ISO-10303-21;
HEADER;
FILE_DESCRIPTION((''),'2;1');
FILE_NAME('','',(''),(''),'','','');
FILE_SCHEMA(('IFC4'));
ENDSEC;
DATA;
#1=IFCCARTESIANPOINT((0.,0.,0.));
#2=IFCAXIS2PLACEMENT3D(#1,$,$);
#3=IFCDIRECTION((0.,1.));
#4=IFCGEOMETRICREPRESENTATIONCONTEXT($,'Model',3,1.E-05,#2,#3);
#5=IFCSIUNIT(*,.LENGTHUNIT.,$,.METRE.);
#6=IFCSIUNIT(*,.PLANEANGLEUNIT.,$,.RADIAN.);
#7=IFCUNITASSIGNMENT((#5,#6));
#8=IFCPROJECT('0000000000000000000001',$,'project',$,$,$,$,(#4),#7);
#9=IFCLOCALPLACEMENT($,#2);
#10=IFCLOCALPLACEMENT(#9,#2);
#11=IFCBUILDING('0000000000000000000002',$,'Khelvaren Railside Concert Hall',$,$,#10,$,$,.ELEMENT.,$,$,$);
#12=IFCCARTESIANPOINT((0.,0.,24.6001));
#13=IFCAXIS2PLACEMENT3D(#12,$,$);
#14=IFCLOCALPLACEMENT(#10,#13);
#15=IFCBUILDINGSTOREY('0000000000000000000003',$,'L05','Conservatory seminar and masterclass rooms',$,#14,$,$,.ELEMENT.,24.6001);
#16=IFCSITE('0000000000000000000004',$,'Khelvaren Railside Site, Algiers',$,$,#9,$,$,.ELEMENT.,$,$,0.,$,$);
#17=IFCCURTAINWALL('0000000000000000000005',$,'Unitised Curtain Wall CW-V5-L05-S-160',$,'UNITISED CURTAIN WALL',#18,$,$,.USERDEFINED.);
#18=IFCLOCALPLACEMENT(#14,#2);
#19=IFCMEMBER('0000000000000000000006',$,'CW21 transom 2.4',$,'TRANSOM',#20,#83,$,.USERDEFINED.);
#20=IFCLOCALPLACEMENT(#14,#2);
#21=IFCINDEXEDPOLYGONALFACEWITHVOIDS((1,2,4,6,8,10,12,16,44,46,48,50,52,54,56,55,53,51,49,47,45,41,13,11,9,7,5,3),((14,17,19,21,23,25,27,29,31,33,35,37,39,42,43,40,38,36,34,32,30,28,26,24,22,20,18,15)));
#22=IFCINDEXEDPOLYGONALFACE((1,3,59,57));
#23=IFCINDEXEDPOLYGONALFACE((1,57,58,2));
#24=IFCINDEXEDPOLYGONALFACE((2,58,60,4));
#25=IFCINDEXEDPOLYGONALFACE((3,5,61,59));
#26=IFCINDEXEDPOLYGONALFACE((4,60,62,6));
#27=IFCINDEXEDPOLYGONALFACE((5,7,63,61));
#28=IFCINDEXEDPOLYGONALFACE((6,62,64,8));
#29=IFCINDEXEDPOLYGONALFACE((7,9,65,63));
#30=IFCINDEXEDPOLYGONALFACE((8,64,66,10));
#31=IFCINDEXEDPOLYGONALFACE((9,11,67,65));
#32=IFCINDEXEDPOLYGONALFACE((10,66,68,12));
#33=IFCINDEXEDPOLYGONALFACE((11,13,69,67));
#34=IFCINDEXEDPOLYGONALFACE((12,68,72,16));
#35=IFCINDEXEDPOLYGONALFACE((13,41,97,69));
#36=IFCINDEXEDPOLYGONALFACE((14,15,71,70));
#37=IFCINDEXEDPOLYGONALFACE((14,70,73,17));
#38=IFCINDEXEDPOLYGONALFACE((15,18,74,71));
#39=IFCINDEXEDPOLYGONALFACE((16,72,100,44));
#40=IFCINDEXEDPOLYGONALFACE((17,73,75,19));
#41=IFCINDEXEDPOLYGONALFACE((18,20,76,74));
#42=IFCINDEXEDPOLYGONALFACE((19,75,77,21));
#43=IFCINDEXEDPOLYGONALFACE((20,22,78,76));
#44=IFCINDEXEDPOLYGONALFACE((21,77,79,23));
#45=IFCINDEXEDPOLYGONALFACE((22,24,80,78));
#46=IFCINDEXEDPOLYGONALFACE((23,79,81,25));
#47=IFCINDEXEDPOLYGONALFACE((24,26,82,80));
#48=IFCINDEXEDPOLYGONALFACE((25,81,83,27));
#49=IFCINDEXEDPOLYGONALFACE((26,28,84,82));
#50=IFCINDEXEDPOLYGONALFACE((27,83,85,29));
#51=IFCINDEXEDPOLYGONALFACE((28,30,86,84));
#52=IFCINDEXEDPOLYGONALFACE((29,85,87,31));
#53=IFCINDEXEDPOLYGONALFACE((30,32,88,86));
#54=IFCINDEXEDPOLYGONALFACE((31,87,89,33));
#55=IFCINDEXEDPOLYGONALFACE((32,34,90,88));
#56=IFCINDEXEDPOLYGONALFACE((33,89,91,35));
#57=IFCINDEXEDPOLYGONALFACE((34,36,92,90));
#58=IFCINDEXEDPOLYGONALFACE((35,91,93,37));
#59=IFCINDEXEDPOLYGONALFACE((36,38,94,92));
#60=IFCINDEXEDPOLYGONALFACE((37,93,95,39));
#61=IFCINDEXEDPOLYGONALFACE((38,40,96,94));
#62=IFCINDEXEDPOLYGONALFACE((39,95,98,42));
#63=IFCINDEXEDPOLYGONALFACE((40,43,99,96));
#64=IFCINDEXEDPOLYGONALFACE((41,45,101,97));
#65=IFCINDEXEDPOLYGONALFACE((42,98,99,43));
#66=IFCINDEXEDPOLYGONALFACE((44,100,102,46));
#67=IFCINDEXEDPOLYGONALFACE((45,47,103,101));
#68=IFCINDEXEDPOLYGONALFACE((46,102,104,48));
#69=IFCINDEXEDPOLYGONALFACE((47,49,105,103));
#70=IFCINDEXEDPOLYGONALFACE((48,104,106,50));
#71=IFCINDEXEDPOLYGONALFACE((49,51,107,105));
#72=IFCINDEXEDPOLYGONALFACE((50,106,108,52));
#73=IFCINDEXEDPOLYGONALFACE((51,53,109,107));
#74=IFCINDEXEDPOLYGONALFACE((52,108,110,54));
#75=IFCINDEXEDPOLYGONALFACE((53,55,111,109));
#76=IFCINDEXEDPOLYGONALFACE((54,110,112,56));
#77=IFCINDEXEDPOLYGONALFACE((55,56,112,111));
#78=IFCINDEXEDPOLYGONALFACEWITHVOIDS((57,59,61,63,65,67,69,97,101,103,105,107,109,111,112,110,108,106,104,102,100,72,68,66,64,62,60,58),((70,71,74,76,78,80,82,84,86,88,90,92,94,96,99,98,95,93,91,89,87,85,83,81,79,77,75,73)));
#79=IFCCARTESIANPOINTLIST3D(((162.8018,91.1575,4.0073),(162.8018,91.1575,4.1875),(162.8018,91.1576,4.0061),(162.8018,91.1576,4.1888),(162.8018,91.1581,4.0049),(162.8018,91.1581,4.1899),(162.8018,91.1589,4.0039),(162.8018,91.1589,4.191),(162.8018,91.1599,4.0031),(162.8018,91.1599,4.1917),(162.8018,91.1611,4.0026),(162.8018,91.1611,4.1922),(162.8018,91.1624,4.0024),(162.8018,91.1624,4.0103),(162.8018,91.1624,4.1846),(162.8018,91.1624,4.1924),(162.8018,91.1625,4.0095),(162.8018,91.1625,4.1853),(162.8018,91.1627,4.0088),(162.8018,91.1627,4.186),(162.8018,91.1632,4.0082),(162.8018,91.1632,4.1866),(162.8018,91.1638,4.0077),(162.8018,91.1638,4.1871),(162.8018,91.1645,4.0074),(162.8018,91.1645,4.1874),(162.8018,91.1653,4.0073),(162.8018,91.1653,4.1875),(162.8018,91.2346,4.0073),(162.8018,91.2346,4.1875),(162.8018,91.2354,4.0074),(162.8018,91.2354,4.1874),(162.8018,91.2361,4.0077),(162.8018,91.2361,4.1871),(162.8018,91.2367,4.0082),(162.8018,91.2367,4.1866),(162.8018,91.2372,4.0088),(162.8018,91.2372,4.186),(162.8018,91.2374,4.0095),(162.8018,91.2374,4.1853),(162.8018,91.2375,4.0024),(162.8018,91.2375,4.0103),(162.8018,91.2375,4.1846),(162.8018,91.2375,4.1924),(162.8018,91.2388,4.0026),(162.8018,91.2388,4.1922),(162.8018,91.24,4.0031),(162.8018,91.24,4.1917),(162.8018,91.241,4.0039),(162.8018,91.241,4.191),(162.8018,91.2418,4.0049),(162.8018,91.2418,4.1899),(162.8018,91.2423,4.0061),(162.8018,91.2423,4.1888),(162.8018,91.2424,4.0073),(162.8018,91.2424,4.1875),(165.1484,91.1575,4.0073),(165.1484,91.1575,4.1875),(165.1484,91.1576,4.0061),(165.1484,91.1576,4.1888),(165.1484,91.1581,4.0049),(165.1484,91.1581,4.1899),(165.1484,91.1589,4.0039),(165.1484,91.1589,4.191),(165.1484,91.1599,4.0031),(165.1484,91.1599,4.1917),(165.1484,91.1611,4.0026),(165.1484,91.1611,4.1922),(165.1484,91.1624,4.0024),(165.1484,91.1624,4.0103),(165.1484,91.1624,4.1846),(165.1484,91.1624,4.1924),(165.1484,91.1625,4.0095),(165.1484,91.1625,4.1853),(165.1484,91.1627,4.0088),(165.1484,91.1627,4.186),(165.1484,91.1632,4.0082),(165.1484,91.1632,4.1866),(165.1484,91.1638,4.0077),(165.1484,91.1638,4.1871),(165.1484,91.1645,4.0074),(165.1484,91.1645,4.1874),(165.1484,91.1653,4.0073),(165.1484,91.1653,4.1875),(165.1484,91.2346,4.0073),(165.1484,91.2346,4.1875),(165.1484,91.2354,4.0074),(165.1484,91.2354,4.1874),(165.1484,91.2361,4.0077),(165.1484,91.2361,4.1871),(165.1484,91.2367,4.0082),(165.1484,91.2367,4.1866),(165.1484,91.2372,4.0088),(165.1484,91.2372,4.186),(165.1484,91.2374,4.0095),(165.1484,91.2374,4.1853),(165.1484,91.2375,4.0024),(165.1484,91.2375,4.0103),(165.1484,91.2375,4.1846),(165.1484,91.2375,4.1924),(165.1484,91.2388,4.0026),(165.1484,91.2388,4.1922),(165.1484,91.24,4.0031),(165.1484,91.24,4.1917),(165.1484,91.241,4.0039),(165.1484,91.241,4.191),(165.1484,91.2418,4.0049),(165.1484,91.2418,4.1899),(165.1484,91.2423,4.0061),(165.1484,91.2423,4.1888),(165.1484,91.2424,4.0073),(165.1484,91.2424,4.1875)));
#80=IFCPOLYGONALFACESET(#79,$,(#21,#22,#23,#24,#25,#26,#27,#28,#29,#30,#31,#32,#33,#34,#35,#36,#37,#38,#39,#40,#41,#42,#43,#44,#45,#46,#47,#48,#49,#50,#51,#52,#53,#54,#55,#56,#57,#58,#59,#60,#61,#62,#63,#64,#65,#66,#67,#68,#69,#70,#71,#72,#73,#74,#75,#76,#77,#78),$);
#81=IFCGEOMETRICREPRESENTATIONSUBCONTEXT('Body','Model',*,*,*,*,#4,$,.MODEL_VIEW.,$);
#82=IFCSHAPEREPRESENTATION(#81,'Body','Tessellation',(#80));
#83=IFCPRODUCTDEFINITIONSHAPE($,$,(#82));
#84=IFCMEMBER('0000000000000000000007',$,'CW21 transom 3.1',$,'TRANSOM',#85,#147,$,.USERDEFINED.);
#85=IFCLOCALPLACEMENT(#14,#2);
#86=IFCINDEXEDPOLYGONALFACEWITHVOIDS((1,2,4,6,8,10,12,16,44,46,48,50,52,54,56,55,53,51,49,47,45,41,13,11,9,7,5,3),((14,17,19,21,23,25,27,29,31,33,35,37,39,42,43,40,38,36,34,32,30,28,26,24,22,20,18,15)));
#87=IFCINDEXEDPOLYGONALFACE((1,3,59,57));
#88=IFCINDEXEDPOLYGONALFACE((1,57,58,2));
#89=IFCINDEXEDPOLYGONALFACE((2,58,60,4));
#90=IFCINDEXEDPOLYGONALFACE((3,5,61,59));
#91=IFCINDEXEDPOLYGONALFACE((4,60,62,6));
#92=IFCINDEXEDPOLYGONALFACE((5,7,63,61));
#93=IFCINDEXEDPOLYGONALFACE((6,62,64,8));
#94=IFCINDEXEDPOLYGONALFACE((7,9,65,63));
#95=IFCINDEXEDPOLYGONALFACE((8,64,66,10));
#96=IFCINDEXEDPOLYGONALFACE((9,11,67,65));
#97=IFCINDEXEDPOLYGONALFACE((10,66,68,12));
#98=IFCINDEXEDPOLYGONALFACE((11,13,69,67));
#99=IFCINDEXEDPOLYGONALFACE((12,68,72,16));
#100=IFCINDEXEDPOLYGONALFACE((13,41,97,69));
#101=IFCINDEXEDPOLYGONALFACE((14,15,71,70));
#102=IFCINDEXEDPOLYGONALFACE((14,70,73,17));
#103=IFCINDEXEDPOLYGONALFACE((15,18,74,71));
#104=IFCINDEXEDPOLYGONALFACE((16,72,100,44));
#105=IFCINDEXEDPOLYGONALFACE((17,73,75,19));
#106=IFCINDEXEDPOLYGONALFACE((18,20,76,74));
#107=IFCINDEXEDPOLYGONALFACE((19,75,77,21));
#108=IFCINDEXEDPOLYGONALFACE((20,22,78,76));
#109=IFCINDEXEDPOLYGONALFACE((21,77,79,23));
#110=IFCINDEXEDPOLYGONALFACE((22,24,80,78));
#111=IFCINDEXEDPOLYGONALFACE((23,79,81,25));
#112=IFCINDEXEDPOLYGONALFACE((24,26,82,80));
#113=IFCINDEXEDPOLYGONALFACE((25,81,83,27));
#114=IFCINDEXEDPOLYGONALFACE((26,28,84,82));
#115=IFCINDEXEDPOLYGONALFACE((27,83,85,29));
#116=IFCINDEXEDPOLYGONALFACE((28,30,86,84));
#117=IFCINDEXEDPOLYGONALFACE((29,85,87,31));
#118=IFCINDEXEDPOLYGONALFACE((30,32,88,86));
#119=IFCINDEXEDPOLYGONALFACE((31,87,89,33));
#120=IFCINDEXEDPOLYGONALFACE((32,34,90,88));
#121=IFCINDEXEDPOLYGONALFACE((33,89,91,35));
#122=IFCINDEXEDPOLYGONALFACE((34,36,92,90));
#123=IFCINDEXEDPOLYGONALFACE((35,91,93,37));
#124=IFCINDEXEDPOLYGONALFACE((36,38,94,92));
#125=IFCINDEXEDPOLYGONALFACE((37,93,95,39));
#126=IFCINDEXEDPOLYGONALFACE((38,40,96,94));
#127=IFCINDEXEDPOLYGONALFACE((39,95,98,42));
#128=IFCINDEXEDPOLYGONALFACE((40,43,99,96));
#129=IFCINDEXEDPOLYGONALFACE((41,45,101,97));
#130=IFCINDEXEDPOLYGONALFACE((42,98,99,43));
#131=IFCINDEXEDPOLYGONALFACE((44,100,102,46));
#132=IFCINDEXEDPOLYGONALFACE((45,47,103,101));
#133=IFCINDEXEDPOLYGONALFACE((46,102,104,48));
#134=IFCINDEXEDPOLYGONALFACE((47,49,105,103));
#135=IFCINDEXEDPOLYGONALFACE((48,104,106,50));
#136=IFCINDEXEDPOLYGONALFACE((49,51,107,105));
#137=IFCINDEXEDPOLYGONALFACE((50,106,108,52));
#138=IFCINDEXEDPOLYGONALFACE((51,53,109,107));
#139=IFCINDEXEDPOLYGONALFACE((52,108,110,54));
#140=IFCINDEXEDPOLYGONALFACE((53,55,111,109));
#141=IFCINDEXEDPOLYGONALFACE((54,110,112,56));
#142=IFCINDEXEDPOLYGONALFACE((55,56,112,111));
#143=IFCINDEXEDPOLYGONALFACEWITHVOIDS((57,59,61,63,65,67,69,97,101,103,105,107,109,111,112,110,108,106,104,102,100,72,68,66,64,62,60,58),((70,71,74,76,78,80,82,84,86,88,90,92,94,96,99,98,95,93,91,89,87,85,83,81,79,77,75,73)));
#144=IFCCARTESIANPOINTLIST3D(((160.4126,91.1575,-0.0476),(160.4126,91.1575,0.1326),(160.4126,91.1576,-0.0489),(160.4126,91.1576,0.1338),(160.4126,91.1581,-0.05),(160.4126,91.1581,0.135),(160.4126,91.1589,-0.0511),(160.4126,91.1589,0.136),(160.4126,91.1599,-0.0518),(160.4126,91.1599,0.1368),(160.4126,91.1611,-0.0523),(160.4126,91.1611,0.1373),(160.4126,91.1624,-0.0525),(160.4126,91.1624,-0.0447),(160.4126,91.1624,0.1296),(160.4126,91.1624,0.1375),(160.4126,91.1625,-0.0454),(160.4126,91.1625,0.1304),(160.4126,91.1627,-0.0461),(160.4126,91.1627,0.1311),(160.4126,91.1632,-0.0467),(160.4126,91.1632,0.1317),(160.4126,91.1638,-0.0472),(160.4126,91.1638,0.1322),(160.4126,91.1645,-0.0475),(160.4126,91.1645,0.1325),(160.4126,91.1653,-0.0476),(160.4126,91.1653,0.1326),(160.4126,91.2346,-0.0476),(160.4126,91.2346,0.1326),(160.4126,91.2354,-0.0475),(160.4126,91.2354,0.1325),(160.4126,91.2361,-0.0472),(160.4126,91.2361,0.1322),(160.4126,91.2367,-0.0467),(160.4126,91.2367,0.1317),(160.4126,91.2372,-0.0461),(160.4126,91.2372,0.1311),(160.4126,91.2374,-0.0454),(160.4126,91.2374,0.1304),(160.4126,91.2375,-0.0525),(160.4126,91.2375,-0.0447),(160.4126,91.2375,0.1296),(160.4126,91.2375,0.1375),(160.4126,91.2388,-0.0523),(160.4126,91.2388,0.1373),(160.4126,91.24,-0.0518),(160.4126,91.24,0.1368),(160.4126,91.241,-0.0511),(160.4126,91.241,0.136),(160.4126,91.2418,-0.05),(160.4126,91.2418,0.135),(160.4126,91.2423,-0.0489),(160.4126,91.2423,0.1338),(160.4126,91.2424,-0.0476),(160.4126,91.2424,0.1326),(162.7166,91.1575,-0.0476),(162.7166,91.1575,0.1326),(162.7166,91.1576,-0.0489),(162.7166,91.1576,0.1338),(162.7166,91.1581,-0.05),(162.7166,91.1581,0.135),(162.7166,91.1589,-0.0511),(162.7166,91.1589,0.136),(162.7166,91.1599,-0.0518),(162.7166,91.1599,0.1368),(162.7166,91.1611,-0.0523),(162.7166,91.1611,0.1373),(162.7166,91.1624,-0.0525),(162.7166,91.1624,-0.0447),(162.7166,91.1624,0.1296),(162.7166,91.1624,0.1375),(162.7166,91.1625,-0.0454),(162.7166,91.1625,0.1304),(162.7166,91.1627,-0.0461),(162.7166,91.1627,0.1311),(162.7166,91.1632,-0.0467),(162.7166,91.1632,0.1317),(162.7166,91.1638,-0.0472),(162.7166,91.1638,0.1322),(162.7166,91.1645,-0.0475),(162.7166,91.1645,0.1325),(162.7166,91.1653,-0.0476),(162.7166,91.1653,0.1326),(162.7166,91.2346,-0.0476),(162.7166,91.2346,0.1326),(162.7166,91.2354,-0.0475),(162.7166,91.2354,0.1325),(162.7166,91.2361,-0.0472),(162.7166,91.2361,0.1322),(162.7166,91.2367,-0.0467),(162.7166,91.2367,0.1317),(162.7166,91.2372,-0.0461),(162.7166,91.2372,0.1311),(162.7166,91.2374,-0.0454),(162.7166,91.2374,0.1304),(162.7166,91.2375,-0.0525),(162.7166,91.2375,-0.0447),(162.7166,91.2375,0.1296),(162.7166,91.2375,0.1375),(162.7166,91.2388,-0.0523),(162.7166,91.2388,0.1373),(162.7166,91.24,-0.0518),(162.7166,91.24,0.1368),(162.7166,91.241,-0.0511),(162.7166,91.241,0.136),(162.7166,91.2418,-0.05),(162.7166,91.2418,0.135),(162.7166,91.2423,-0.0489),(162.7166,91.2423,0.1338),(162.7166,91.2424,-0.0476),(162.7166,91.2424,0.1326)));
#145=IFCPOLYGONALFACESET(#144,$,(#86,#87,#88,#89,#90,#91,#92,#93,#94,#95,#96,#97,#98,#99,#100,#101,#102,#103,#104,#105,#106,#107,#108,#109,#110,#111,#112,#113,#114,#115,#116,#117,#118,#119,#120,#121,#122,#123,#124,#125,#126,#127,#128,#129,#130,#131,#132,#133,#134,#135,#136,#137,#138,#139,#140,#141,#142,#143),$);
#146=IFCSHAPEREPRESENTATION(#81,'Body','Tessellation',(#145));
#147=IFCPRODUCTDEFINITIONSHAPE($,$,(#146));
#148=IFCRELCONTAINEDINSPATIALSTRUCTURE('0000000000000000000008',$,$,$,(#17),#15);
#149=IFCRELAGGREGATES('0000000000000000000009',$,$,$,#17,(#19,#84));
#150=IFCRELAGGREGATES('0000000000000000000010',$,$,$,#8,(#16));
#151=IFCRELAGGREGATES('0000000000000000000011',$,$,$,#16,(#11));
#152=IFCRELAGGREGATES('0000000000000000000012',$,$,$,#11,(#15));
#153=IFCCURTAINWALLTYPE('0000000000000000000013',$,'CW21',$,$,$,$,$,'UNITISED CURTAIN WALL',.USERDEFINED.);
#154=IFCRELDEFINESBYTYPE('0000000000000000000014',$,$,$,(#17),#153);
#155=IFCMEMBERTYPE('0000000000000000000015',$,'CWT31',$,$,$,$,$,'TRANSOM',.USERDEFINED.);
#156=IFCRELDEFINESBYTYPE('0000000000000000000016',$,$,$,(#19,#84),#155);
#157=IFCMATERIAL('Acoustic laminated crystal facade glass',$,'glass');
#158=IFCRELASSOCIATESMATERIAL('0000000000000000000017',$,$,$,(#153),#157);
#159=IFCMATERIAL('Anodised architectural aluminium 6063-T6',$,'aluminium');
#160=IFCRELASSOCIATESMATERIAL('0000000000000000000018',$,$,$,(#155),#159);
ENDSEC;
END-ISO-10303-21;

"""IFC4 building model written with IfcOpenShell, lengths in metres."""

from ifc_helpers import new_model, si_unit, direction, frame, origin, origin_2d, place, context, subcontext, project, spatial, hollow_rectangle, extrude, material, material_profile, profile_set, type_object, element, aggregate, save


model = new_model("IFC4")

# Units and contexts
model_context = context("Model", 3, precision=1e-05, world=origin(), true_north=direction((0.0, 1.0)))
body_context = subcontext(model_context, "Body", "Model", "MODEL_VIEW")
ifc_project = project(units=[si_unit("LENGTHUNIT", "METRE"), si_unit("PLANEANGLEUNIT", "RADIAN")], contexts=[model_context])

# Site, building, storey
site_placement = place(None, origin())
site = spatial("IfcSite", under=ifc_project, at=site_placement, Name="Khelvaren Railside Site, Algiers", CompositionType="ELEMENT", RefElevation=0.0)
building_placement = place(site_placement, origin())
building = spatial("IfcBuilding", under=site, at=building_placement, Name="Khelvaren Railside Concert Hall", CompositionType="ELEMENT")
storey_placement = place(building_placement, frame((0.0, 0.0, 24.6001)))
storey = spatial("IfcBuildingStorey", under=building, at=storey_placement, Name="L05", Description="Conservatory seminar and masterclass rooms", CompositionType="ELEMENT", Elevation=24.6001)

# Shared definitions
ifc_material_1 = material(Name="Acoustic laminated crystal facade glass", Category="glass")
ifc_material_2 = material(Name="Anodised architectural aluminium 6063-T6", Category="aluminium")

# Curtain wall
curtain_wall_type_1 = type_object("IfcCurtainWallType", Name="CW21", ElementType="UNITISED CURTAIN WALL", PredefinedType="USERDEFINED", material=ifc_material_1)
curtain_wall_1_placement = place(storey_placement, origin())
curtain_wall_1 = element("IfcCurtainWall", 1, at=curtain_wall_1_placement, inside=storey, type_object=curtain_wall_type_1, Name="Unitised Curtain Wall CW-V5-L05-S-160", ObjectType="UNITISED CURTAIN WALL", PredefinedType="USERDEFINED")

# Members
ifc_material_profile_1 = material_profile(ifc_material_2, hollow_rectangle(XDim=0.085, YDim=0.1899, WallThickness=0.0049, InnerFilletRadius=0.0029, OuterFilletRadius=0.0049, at=origin_2d()), Name="CWT 85x190x5")
ifc_profile_set_1 = profile_set([ifc_material_profile_1], Name="Anodised architectural aluminium 6063-T6")
member_type_1 = type_object("IfcMemberType", Name="CWT31", ElementType="TRANSOM", PredefinedType="USERDEFINED", material=ifc_profile_set_1)
member_1_placement = place(storey_placement, frame((165.1484, 91.2, 4.0974), z_axis=(-1.0, 0.0, 0.0), x_axis=(0.0, -1.0, 0.0)))
member_1 = element("IfcMember", 2, at=member_1_placement, type_object=member_type_1, Name="CW21 transom 2.4", ObjectType="TRANSOM", PredefinedType="USERDEFINED", context=body_context, shape_type="SweptSolid", body=[
    extrude(hollow_rectangle(XDim=0.085, YDim=0.1899, WallThickness=0.0049, InnerFilletRadius=0.0029, OuterFilletRadius=0.0049, at=origin_2d()), origin(), (0.0, 0.0, 1.0), 2.3467),
])
member_2_placement = place(storey_placement, frame((162.7166, 91.2, 0.0425), z_axis=(-1.0, 0.0, 0.0), x_axis=(0.0, -1.0, 0.0)))
member_2 = element("IfcMember", 3, at=member_2_placement, type_object=member_type_1, Name="CW21 transom 3.1", ObjectType="TRANSOM", PredefinedType="USERDEFINED", context=body_context, shape_type="SweptSolid", body=[
    extrude(hollow_rectangle(XDim=0.085, YDim=0.1899, WallThickness=0.0049, InnerFilletRadius=0.0029, OuterFilletRadius=0.0049, at=origin_2d()), origin(), (0.0, 0.0, 1.0), 2.304),
])

aggregate(curtain_wall_1, [member_1, member_2])

save(model, "model.ifc")
